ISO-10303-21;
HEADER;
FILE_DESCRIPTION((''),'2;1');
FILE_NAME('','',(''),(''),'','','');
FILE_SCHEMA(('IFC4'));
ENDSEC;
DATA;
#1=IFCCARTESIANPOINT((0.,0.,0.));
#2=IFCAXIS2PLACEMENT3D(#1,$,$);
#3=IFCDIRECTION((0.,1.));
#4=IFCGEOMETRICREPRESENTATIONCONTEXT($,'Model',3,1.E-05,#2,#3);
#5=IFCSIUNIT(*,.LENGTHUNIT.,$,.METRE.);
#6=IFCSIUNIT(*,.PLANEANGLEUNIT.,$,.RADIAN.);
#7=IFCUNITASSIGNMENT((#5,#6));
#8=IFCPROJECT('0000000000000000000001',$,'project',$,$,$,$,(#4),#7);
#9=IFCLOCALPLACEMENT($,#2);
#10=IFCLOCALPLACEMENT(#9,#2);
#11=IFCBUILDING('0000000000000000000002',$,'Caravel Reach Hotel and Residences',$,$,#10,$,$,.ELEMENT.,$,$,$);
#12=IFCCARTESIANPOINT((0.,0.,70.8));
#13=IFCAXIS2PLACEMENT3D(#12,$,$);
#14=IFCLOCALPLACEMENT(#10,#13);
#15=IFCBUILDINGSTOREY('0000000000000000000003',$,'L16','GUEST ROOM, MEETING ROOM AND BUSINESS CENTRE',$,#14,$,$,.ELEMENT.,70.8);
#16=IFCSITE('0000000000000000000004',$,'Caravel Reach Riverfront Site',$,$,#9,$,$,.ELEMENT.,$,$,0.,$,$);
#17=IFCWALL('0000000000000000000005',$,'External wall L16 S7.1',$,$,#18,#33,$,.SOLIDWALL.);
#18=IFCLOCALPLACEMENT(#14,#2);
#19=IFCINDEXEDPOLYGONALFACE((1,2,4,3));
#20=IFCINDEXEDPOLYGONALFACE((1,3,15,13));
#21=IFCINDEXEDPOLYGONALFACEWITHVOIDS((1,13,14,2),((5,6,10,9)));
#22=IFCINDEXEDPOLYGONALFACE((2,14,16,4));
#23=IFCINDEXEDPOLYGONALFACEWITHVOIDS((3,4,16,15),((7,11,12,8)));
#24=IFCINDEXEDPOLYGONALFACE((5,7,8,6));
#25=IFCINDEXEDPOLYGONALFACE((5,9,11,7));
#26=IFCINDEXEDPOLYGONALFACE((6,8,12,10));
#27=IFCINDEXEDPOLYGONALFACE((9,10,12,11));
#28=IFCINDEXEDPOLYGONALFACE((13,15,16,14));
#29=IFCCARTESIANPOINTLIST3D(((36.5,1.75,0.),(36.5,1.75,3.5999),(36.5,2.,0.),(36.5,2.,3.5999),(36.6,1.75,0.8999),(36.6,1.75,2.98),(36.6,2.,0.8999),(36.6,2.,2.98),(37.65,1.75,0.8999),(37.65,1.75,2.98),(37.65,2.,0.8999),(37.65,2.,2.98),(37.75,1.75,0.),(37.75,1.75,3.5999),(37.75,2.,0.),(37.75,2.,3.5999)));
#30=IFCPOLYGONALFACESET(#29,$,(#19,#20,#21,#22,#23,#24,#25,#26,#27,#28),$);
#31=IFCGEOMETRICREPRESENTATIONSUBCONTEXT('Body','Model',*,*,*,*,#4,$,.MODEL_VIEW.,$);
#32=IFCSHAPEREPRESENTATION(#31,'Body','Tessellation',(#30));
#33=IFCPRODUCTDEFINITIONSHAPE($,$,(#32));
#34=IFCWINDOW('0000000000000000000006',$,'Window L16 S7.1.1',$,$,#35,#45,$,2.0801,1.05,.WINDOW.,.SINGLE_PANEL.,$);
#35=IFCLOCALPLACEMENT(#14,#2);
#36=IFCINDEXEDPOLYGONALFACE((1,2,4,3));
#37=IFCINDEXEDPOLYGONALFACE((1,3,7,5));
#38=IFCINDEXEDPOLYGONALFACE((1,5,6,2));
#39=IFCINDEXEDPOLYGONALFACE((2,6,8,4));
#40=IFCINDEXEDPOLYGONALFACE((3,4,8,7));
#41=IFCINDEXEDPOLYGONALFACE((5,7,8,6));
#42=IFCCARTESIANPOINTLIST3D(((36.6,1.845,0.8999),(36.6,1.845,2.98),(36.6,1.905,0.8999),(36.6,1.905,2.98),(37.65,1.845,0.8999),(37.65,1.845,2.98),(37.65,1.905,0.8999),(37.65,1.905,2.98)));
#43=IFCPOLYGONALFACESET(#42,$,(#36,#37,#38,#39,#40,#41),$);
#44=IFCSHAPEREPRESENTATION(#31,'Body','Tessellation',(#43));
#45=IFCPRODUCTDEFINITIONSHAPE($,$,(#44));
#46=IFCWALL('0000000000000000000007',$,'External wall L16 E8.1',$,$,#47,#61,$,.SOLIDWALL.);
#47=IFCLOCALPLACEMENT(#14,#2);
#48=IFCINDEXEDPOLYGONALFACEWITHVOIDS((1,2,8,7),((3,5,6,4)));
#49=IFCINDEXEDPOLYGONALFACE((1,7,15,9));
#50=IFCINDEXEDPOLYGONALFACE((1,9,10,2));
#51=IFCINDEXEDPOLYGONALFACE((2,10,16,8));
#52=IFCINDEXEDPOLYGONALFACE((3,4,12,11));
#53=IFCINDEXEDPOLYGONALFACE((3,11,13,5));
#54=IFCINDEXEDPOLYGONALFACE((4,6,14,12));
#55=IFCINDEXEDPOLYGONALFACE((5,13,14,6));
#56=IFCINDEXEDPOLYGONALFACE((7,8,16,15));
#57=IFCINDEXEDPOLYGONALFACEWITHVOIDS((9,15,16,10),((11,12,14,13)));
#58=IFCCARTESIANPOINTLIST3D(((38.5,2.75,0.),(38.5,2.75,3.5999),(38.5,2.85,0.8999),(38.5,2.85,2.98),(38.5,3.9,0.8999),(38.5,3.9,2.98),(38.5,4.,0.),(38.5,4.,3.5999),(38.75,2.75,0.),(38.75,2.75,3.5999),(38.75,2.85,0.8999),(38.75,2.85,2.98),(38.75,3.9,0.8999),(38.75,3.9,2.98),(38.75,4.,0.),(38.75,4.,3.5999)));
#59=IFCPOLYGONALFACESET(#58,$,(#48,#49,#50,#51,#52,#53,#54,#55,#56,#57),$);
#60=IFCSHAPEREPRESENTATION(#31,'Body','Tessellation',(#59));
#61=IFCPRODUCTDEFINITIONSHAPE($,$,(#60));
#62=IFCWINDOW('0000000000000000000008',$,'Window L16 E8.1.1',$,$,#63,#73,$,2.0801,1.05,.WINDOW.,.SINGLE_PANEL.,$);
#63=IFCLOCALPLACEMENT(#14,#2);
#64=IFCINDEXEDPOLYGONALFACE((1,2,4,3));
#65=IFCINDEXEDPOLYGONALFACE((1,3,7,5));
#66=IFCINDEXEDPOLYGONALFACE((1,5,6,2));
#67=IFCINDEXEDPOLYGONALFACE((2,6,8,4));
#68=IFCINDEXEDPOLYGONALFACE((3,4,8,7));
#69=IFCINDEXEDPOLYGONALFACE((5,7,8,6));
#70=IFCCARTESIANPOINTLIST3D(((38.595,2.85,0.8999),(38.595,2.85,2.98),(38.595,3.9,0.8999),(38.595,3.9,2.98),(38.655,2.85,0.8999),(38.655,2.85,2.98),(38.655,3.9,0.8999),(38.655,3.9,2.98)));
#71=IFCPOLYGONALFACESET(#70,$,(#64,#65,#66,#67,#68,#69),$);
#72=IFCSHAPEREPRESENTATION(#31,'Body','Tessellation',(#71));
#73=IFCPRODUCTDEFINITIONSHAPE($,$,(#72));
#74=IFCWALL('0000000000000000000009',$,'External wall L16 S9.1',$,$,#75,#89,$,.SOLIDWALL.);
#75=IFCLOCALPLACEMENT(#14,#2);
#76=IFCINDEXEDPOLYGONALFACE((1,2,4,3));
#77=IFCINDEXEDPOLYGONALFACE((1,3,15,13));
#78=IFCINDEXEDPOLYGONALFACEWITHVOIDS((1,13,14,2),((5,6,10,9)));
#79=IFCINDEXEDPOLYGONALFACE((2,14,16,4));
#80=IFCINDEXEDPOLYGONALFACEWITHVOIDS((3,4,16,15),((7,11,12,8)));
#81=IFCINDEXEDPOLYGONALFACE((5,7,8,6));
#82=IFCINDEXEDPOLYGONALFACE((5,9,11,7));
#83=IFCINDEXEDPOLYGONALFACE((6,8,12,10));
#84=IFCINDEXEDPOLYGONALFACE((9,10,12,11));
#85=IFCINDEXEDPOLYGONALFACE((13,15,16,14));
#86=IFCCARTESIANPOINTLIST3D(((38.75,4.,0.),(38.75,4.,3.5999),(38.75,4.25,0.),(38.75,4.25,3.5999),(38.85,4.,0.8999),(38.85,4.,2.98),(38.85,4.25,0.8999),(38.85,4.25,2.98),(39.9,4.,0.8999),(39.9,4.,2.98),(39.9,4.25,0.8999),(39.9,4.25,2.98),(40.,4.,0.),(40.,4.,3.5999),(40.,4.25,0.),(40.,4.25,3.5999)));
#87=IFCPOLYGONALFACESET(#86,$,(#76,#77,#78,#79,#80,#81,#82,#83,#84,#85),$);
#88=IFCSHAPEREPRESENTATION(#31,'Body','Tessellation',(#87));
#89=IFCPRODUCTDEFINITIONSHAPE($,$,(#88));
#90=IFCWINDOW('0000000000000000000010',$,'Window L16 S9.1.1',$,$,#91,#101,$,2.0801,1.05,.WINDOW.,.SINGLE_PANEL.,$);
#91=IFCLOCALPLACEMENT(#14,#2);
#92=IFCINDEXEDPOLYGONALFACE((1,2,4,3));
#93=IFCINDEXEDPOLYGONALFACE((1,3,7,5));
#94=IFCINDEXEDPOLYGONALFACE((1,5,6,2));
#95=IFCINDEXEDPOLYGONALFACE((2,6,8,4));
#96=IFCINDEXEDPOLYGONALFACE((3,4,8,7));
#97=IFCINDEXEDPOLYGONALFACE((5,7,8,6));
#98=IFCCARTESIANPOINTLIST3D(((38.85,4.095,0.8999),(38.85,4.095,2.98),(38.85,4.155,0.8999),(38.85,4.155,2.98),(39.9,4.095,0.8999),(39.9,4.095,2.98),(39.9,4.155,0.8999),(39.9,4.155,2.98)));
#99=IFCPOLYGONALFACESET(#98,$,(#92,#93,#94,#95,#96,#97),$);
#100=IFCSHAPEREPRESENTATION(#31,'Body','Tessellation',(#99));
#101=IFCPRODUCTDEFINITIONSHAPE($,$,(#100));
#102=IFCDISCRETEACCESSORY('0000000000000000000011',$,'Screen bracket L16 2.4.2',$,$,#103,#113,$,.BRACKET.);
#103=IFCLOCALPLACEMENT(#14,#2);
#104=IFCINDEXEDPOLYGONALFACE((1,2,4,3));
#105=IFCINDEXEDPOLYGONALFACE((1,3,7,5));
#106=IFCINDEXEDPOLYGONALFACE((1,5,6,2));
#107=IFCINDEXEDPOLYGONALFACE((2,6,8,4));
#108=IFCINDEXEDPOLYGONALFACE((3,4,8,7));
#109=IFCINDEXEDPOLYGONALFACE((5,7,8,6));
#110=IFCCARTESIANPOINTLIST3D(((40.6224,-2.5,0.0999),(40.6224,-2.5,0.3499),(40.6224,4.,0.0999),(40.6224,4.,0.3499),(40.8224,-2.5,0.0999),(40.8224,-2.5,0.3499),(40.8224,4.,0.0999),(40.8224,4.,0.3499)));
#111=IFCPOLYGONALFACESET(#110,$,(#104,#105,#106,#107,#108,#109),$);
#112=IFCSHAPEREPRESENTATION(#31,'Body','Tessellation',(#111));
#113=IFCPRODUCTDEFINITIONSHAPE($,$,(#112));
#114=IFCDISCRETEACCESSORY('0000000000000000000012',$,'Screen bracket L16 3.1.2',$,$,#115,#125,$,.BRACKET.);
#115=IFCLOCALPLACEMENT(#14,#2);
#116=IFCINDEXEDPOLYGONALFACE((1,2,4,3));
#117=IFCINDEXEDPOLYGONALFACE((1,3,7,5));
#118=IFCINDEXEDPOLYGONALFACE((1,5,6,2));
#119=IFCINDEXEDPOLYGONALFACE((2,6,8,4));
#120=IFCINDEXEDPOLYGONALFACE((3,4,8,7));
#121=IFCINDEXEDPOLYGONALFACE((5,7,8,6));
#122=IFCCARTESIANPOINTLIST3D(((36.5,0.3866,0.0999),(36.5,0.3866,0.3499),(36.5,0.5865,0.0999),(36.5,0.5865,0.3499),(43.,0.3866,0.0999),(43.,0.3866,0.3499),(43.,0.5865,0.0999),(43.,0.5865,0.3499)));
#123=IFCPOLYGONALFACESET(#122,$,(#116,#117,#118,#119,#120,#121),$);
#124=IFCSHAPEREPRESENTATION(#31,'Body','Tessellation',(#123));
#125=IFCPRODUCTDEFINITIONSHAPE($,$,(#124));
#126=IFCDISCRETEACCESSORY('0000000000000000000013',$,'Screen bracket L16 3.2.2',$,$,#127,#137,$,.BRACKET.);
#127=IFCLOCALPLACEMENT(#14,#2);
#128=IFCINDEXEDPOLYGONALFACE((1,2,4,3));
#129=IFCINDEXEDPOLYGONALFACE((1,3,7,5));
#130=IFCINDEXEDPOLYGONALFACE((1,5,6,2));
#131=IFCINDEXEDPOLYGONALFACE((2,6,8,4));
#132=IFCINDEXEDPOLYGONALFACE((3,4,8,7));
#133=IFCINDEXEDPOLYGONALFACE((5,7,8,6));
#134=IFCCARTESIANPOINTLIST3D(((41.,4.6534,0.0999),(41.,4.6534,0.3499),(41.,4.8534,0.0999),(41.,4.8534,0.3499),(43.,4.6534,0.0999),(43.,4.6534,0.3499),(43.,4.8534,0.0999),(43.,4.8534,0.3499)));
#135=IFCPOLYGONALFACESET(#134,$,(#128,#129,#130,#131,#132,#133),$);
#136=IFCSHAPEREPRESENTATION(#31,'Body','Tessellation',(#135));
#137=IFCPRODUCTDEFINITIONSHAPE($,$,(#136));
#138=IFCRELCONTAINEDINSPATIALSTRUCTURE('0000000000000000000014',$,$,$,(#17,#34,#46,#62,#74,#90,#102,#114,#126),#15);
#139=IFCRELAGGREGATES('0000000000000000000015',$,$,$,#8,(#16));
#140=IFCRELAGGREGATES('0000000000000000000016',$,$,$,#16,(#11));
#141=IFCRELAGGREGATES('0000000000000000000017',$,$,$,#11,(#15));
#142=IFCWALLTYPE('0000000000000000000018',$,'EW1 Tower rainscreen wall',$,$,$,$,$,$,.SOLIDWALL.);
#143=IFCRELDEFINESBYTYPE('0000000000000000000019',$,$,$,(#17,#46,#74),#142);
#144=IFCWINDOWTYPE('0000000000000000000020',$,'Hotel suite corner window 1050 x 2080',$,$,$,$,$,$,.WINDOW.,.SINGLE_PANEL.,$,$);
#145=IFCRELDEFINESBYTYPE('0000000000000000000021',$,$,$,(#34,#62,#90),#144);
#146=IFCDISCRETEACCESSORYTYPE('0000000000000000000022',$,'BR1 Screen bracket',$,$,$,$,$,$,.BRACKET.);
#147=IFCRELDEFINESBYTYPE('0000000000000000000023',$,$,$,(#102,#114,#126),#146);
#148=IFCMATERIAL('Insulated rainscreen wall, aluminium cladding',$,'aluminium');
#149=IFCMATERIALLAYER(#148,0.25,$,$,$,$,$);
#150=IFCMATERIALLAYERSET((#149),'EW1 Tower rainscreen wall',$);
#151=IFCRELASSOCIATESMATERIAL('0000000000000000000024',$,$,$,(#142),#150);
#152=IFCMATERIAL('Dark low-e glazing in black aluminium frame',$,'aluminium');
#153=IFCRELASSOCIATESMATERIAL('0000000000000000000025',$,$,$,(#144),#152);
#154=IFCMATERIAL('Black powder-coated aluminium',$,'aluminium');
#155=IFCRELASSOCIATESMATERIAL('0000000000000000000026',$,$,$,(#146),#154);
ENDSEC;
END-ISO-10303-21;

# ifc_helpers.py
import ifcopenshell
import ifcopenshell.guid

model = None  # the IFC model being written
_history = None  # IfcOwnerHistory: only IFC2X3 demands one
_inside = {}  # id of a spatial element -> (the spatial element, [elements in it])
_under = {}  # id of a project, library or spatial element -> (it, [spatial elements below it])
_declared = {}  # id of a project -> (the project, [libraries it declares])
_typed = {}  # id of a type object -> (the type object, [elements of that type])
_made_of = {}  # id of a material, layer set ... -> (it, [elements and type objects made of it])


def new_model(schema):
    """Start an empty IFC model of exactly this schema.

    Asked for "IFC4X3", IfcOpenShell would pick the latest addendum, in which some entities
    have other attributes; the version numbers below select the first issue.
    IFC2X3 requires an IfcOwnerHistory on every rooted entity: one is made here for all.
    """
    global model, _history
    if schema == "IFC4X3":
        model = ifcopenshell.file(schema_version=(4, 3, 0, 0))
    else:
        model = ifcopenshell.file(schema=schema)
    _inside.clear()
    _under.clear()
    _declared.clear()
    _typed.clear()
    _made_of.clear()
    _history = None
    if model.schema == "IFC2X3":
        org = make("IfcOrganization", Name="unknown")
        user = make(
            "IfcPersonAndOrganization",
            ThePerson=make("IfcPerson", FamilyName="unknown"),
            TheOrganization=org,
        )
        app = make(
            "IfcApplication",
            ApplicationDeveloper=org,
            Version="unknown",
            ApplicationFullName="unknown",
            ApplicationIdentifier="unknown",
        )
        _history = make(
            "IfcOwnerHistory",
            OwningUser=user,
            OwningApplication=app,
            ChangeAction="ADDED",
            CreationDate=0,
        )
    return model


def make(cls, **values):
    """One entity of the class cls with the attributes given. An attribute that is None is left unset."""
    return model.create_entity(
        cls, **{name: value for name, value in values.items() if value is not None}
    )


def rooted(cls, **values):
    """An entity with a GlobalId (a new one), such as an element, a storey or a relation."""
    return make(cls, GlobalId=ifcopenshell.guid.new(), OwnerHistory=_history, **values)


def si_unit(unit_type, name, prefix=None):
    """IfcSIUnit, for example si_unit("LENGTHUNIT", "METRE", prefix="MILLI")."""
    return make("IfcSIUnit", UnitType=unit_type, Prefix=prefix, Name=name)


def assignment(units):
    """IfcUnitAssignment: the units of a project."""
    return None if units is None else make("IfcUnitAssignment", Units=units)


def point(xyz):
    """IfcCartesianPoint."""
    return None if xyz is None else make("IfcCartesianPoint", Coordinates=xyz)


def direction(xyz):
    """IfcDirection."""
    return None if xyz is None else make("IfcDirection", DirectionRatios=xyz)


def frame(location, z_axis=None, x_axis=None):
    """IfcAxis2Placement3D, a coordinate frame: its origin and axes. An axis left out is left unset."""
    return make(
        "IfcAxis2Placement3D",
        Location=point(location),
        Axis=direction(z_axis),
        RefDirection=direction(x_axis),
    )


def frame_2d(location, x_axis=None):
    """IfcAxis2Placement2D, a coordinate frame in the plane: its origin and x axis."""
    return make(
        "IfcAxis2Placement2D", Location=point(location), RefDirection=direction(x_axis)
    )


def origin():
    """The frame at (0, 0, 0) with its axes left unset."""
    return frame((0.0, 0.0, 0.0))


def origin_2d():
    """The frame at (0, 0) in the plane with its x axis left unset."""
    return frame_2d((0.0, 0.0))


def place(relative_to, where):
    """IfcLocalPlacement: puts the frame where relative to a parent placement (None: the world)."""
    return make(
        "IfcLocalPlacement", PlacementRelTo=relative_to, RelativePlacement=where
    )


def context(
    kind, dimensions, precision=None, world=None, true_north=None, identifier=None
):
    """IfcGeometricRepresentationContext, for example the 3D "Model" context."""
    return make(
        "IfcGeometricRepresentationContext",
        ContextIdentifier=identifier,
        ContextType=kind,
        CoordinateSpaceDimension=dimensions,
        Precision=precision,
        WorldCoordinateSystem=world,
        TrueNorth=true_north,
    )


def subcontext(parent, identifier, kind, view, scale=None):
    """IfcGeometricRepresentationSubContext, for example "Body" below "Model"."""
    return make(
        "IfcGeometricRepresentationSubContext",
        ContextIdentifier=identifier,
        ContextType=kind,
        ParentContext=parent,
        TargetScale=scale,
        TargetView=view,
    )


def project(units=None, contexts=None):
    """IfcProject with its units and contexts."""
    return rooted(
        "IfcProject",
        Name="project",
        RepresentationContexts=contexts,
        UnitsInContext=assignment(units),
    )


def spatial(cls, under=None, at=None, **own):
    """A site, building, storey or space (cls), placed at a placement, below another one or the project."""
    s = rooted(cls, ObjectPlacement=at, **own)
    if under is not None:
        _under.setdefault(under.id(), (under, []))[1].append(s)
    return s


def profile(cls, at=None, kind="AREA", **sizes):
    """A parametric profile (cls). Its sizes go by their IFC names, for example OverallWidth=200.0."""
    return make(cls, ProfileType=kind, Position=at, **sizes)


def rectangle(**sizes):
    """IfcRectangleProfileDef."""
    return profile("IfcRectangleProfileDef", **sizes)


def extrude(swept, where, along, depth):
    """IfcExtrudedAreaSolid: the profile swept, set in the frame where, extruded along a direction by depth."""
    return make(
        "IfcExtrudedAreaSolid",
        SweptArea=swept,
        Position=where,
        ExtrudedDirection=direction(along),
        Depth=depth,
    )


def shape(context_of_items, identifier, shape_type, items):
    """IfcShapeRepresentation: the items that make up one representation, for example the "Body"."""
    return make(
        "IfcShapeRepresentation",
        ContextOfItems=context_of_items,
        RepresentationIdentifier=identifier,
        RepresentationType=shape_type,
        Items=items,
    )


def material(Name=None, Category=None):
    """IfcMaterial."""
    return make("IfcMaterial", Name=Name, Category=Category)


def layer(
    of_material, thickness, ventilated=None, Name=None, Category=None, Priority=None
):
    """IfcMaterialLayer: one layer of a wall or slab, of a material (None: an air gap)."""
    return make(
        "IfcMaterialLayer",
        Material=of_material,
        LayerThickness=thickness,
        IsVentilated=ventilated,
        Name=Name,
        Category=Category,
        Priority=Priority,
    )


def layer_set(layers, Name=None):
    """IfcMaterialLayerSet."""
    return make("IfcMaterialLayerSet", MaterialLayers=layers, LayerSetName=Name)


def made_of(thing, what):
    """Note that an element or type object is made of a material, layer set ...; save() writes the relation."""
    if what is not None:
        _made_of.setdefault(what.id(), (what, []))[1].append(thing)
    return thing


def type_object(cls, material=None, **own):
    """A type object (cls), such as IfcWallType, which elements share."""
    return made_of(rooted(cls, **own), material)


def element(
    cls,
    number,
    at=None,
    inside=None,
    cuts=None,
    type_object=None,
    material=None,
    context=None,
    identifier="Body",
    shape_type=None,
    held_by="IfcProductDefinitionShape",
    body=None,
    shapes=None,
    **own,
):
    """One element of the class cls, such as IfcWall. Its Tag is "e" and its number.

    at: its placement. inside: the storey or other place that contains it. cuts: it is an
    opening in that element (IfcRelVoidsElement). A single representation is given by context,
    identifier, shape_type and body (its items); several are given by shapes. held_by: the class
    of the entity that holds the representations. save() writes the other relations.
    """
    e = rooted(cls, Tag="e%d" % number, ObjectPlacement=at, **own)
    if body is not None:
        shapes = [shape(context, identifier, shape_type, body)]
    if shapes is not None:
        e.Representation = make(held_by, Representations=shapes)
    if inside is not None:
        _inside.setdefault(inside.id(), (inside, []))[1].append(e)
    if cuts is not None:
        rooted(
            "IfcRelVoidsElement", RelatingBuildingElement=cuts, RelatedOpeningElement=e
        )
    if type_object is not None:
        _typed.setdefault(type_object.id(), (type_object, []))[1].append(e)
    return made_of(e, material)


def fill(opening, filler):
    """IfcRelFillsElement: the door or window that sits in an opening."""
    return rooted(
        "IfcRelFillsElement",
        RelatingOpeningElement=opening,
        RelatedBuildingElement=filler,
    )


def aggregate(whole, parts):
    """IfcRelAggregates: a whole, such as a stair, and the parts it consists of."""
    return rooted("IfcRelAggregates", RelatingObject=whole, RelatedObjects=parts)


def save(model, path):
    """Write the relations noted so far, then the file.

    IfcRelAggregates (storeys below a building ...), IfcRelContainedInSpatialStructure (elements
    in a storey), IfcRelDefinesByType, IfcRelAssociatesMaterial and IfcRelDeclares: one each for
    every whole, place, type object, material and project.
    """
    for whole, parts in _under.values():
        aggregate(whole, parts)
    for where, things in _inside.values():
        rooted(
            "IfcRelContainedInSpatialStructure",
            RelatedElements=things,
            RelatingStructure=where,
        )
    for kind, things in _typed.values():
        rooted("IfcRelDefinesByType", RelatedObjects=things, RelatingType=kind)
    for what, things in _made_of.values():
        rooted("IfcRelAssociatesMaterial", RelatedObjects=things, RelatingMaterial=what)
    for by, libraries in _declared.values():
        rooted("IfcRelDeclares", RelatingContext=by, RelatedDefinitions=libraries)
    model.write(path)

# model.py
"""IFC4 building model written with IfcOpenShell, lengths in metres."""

from ifc_helpers import new_model, si_unit, direction, frame, frame_2d, origin, origin_2d, place, context, subcontext, project, spatial, rectangle, extrude, material, layer, layer_set, type_object, element, fill, save


model = new_model("IFC4")

# Units and contexts
model_context = context("Model", 3, precision=1e-05, world=origin(), true_north=direction((0.0, 1.0)))
body_context = subcontext(model_context, "Body", "Model", "MODEL_VIEW")
ifc_project = project(units=[si_unit("LENGTHUNIT", "METRE"), si_unit("PLANEANGLEUNIT", "RADIAN")], contexts=[model_context])

# Site, building, storey
site_placement = place(None, origin())
site = spatial("IfcSite", under=ifc_project, at=site_placement, Name="Caravel Reach Riverfront Site", CompositionType="ELEMENT", RefElevation=0.0)
building_placement = place(site_placement, origin())
building = spatial("IfcBuilding", under=site, at=building_placement, Name="Caravel Reach Hotel and Residences", CompositionType="ELEMENT")
storey_placement = place(building_placement, frame((0.0, 0.0, 70.8)))
storey = spatial("IfcBuildingStorey", under=building, at=storey_placement, Name="L16", Description="GUEST ROOM, MEETING ROOM AND BUSINESS CENTRE", CompositionType="ELEMENT", Elevation=70.8)

# Walls, openings, windows
ifc_material_1 = material(Name="Insulated rainscreen wall, aluminium cladding", Category="aluminium")
ifc_layer = layer(ifc_material_1, 0.25)
ifc_layer_set = layer_set([ifc_layer], Name="EW1 Tower rainscreen wall")
wall_type = type_object("IfcWallType", Name="EW1 Tower rainscreen wall", PredefinedType="SOLIDWALL", material=ifc_layer_set)
wall_1_placement = place(storey_placement, frame((36.5, 1.875, 0.0), z_axis=(0.0, 0.0, 1.0), x_axis=(1.0, 0.0, 0.0)))
wall_1 = element("IfcWall", 1, at=wall_1_placement, inside=storey, type_object=wall_type, Name="External wall L16 S7.1", PredefinedType="SOLIDWALL", context=body_context, shape_type="SweptSolid", body=[
    extrude(rectangle(XDim=1.25, YDim=0.25, at=frame_2d((0.625, 0.0))), origin(), (0.0, 0.0, 1.0), 3.5999),
])
opening_1_placement = place(wall_1_placement, frame((0.1001, 0.0, 0.8999)))
opening_1 = element("IfcOpeningElement", 2, at=opening_1_placement, cuts=wall_1, PredefinedType="OPENING", context=body_context, shape_type="SweptSolid", body=[
    extrude(rectangle(XDim=1.05, YDim=2.0801, at=frame_2d((0.5249, 1.04))), frame((0.0, 0.135, 0.0), z_axis=(0.0, -1.0, 0.0), x_axis=(1.0, 0.0, 0.0)), (0.0, 0.0, 1.0), 0.27),
])
ifc_material_2 = material(Name="Dark low-e glazing in black aluminium frame", Category="aluminium")
window_type = type_object("IfcWindowType", Name="Hotel suite corner window 1050 x 2080", PartitioningType="SINGLE_PANEL", PredefinedType="WINDOW", material=ifc_material_2)
window_1_placement = place(opening_1_placement, origin())
window_1 = element("IfcWindow", 3, at=window_1_placement, inside=storey, type_object=window_type, Name="Window L16 S7.1.1", OverallHeight=2.0801, OverallWidth=1.05, PartitioningType="SINGLE_PANEL", PredefinedType="WINDOW", context=body_context, shape_type="SweptSolid", body=[
    extrude(rectangle(XDim=1.05, YDim=2.0801, at=frame_2d((0.5249, 1.04))), frame((0.0, 0.03, 0.0), z_axis=(0.0, -1.0, 0.0), x_axis=(1.0, 0.0, 0.0)), (0.0, 0.0, 1.0), 0.0601),
])
fill(opening_1, window_1)
wall_2_placement = place(storey_placement, frame((38.625, 2.75, 0.0), z_axis=(0.0, 0.0, 1.0), x_axis=(0.0, 1.0, 0.0)))
wall_2 = element("IfcWall", 4, at=wall_2_placement, inside=storey, type_object=wall_type, Name="External wall L16 E8.1", PredefinedType="SOLIDWALL", context=body_context, shape_type="SweptSolid", body=[
    extrude(rectangle(XDim=1.25, YDim=0.25, at=frame_2d((0.625, 0.0))), origin(), (0.0, 0.0, 1.0), 3.5999),
])
opening_2_placement = place(wall_2_placement, frame((0.1001, 0.0, 0.8999)))
opening_2 = element("IfcOpeningElement", 5, at=opening_2_placement, cuts=wall_2, PredefinedType="OPENING", context=body_context, shape_type="SweptSolid", body=[
    extrude(rectangle(XDim=1.05, YDim=2.0801, at=frame_2d((0.5249, 1.04))), frame((0.0, 0.135, 0.0), z_axis=(0.0, -1.0, 0.0), x_axis=(1.0, 0.0, 0.0)), (0.0, 0.0, 1.0), 0.27),
])
window_2_placement = place(opening_2_placement, origin())
window_2 = element("IfcWindow", 6, at=window_2_placement, inside=storey, type_object=window_type, Name="Window L16 E8.1.1", OverallHeight=2.0801, OverallWidth=1.05, PartitioningType="SINGLE_PANEL", PredefinedType="WINDOW", context=body_context, shape_type="SweptSolid", body=[
    extrude(rectangle(XDim=1.05, YDim=2.0801, at=frame_2d((0.5249, 1.04))), frame((0.0, 0.03, 0.0), z_axis=(0.0, -1.0, 0.0), x_axis=(1.0, 0.0, 0.0)), (0.0, 0.0, 1.0), 0.0601),
])
fill(opening_2, window_2)
wall_3_placement = place(storey_placement, frame((38.75, 4.125, 0.0), z_axis=(0.0, 0.0, 1.0), x_axis=(1.0, 0.0, 0.0)))
wall_3 = element("IfcWall", 7, at=wall_3_placement, inside=storey, type_object=wall_type, Name="External wall L16 S9.1", PredefinedType="SOLIDWALL", context=body_context, shape_type="SweptSolid", body=[
    extrude(rectangle(XDim=1.25, YDim=0.25, at=frame_2d((0.625, 0.0))), origin(), (0.0, 0.0, 1.0), 3.5999),
])
opening_3_placement = place(wall_3_placement, frame((0.1001, 0.0, 0.8999)))
opening_3 = element("IfcOpeningElement", 8, at=opening_3_placement, cuts=wall_3, PredefinedType="OPENING", context=body_context, shape_type="SweptSolid", body=[
    extrude(rectangle(XDim=1.05, YDim=2.0801, at=frame_2d((0.5249, 1.04))), frame((0.0, 0.135, 0.0), z_axis=(0.0, -1.0, 0.0), x_axis=(1.0, 0.0, 0.0)), (0.0, 0.0, 1.0), 0.27),
])
window_3_placement = place(opening_3_placement, origin())
window_3 = element("IfcWindow", 9, at=window_3_placement, inside=storey, type_object=window_type, Name="Window L16 S9.1.1", OverallHeight=2.0801, OverallWidth=1.05, PartitioningType="SINGLE_PANEL", PredefinedType="WINDOW", context=body_context, shape_type="SweptSolid", body=[
    extrude(rectangle(XDim=1.05, YDim=2.0801, at=frame_2d((0.5249, 1.04))), frame((0.0, 0.03, 0.0), z_axis=(0.0, -1.0, 0.0), x_axis=(1.0, 0.0, 0.0)), (0.0, 0.0, 1.0), 0.0601),
])
fill(opening_3, window_3)

# Discrete accessories
ifc_material_3 = material(Name="Black powder-coated aluminium", Category="aluminium")
discrete_accessory_type = type_object("IfcDiscreteAccessoryType", Name="BR1 Screen bracket", PredefinedType="BRACKET", material=ifc_material_3)
for number, where, z_axis, x_axis, name in (
    (10, (40.7224, 0.75, 0.0999), (0.0, 0.0, 1.0), (0.0, -1.0, 0.0), "Screen bracket L16 2.4.2"),
    (11, (39.75, 0.4866, 0.0999), (0.0, 0.0, 1.0), (1.0, 0.0, 0.0), "Screen bracket L16 3.1.2"),
):
    element("IfcDiscreteAccessory", number, at=place(storey_placement, frame(where, z_axis=z_axis, x_axis=x_axis)), inside=storey, type_object=discrete_accessory_type, Name=name, PredefinedType="BRACKET", context=body_context, shape_type="SweptSolid", body=[
        extrude(rectangle(XDim=6.5, YDim=0.2, at=origin_2d()), origin(), (0.0, 0.0, 1.0), 0.25),
    ])
discrete_accessory_placement = place(storey_placement, frame((42.0, 4.7534, 0.0999), z_axis=(0.0, 0.0, 1.0), x_axis=(1.0, 0.0, 0.0)))
element("IfcDiscreteAccessory", 12, at=discrete_accessory_placement, inside=storey, type_object=discrete_accessory_type, Name="Screen bracket L16 3.2.2", PredefinedType="BRACKET", context=body_context, shape_type="SweptSolid", body=[
    extrude(rectangle(XDim=2.0, YDim=0.2, at=origin_2d()), origin(), (0.0, 0.0, 1.0), 0.25),
])

save(model, "model.ifc")
